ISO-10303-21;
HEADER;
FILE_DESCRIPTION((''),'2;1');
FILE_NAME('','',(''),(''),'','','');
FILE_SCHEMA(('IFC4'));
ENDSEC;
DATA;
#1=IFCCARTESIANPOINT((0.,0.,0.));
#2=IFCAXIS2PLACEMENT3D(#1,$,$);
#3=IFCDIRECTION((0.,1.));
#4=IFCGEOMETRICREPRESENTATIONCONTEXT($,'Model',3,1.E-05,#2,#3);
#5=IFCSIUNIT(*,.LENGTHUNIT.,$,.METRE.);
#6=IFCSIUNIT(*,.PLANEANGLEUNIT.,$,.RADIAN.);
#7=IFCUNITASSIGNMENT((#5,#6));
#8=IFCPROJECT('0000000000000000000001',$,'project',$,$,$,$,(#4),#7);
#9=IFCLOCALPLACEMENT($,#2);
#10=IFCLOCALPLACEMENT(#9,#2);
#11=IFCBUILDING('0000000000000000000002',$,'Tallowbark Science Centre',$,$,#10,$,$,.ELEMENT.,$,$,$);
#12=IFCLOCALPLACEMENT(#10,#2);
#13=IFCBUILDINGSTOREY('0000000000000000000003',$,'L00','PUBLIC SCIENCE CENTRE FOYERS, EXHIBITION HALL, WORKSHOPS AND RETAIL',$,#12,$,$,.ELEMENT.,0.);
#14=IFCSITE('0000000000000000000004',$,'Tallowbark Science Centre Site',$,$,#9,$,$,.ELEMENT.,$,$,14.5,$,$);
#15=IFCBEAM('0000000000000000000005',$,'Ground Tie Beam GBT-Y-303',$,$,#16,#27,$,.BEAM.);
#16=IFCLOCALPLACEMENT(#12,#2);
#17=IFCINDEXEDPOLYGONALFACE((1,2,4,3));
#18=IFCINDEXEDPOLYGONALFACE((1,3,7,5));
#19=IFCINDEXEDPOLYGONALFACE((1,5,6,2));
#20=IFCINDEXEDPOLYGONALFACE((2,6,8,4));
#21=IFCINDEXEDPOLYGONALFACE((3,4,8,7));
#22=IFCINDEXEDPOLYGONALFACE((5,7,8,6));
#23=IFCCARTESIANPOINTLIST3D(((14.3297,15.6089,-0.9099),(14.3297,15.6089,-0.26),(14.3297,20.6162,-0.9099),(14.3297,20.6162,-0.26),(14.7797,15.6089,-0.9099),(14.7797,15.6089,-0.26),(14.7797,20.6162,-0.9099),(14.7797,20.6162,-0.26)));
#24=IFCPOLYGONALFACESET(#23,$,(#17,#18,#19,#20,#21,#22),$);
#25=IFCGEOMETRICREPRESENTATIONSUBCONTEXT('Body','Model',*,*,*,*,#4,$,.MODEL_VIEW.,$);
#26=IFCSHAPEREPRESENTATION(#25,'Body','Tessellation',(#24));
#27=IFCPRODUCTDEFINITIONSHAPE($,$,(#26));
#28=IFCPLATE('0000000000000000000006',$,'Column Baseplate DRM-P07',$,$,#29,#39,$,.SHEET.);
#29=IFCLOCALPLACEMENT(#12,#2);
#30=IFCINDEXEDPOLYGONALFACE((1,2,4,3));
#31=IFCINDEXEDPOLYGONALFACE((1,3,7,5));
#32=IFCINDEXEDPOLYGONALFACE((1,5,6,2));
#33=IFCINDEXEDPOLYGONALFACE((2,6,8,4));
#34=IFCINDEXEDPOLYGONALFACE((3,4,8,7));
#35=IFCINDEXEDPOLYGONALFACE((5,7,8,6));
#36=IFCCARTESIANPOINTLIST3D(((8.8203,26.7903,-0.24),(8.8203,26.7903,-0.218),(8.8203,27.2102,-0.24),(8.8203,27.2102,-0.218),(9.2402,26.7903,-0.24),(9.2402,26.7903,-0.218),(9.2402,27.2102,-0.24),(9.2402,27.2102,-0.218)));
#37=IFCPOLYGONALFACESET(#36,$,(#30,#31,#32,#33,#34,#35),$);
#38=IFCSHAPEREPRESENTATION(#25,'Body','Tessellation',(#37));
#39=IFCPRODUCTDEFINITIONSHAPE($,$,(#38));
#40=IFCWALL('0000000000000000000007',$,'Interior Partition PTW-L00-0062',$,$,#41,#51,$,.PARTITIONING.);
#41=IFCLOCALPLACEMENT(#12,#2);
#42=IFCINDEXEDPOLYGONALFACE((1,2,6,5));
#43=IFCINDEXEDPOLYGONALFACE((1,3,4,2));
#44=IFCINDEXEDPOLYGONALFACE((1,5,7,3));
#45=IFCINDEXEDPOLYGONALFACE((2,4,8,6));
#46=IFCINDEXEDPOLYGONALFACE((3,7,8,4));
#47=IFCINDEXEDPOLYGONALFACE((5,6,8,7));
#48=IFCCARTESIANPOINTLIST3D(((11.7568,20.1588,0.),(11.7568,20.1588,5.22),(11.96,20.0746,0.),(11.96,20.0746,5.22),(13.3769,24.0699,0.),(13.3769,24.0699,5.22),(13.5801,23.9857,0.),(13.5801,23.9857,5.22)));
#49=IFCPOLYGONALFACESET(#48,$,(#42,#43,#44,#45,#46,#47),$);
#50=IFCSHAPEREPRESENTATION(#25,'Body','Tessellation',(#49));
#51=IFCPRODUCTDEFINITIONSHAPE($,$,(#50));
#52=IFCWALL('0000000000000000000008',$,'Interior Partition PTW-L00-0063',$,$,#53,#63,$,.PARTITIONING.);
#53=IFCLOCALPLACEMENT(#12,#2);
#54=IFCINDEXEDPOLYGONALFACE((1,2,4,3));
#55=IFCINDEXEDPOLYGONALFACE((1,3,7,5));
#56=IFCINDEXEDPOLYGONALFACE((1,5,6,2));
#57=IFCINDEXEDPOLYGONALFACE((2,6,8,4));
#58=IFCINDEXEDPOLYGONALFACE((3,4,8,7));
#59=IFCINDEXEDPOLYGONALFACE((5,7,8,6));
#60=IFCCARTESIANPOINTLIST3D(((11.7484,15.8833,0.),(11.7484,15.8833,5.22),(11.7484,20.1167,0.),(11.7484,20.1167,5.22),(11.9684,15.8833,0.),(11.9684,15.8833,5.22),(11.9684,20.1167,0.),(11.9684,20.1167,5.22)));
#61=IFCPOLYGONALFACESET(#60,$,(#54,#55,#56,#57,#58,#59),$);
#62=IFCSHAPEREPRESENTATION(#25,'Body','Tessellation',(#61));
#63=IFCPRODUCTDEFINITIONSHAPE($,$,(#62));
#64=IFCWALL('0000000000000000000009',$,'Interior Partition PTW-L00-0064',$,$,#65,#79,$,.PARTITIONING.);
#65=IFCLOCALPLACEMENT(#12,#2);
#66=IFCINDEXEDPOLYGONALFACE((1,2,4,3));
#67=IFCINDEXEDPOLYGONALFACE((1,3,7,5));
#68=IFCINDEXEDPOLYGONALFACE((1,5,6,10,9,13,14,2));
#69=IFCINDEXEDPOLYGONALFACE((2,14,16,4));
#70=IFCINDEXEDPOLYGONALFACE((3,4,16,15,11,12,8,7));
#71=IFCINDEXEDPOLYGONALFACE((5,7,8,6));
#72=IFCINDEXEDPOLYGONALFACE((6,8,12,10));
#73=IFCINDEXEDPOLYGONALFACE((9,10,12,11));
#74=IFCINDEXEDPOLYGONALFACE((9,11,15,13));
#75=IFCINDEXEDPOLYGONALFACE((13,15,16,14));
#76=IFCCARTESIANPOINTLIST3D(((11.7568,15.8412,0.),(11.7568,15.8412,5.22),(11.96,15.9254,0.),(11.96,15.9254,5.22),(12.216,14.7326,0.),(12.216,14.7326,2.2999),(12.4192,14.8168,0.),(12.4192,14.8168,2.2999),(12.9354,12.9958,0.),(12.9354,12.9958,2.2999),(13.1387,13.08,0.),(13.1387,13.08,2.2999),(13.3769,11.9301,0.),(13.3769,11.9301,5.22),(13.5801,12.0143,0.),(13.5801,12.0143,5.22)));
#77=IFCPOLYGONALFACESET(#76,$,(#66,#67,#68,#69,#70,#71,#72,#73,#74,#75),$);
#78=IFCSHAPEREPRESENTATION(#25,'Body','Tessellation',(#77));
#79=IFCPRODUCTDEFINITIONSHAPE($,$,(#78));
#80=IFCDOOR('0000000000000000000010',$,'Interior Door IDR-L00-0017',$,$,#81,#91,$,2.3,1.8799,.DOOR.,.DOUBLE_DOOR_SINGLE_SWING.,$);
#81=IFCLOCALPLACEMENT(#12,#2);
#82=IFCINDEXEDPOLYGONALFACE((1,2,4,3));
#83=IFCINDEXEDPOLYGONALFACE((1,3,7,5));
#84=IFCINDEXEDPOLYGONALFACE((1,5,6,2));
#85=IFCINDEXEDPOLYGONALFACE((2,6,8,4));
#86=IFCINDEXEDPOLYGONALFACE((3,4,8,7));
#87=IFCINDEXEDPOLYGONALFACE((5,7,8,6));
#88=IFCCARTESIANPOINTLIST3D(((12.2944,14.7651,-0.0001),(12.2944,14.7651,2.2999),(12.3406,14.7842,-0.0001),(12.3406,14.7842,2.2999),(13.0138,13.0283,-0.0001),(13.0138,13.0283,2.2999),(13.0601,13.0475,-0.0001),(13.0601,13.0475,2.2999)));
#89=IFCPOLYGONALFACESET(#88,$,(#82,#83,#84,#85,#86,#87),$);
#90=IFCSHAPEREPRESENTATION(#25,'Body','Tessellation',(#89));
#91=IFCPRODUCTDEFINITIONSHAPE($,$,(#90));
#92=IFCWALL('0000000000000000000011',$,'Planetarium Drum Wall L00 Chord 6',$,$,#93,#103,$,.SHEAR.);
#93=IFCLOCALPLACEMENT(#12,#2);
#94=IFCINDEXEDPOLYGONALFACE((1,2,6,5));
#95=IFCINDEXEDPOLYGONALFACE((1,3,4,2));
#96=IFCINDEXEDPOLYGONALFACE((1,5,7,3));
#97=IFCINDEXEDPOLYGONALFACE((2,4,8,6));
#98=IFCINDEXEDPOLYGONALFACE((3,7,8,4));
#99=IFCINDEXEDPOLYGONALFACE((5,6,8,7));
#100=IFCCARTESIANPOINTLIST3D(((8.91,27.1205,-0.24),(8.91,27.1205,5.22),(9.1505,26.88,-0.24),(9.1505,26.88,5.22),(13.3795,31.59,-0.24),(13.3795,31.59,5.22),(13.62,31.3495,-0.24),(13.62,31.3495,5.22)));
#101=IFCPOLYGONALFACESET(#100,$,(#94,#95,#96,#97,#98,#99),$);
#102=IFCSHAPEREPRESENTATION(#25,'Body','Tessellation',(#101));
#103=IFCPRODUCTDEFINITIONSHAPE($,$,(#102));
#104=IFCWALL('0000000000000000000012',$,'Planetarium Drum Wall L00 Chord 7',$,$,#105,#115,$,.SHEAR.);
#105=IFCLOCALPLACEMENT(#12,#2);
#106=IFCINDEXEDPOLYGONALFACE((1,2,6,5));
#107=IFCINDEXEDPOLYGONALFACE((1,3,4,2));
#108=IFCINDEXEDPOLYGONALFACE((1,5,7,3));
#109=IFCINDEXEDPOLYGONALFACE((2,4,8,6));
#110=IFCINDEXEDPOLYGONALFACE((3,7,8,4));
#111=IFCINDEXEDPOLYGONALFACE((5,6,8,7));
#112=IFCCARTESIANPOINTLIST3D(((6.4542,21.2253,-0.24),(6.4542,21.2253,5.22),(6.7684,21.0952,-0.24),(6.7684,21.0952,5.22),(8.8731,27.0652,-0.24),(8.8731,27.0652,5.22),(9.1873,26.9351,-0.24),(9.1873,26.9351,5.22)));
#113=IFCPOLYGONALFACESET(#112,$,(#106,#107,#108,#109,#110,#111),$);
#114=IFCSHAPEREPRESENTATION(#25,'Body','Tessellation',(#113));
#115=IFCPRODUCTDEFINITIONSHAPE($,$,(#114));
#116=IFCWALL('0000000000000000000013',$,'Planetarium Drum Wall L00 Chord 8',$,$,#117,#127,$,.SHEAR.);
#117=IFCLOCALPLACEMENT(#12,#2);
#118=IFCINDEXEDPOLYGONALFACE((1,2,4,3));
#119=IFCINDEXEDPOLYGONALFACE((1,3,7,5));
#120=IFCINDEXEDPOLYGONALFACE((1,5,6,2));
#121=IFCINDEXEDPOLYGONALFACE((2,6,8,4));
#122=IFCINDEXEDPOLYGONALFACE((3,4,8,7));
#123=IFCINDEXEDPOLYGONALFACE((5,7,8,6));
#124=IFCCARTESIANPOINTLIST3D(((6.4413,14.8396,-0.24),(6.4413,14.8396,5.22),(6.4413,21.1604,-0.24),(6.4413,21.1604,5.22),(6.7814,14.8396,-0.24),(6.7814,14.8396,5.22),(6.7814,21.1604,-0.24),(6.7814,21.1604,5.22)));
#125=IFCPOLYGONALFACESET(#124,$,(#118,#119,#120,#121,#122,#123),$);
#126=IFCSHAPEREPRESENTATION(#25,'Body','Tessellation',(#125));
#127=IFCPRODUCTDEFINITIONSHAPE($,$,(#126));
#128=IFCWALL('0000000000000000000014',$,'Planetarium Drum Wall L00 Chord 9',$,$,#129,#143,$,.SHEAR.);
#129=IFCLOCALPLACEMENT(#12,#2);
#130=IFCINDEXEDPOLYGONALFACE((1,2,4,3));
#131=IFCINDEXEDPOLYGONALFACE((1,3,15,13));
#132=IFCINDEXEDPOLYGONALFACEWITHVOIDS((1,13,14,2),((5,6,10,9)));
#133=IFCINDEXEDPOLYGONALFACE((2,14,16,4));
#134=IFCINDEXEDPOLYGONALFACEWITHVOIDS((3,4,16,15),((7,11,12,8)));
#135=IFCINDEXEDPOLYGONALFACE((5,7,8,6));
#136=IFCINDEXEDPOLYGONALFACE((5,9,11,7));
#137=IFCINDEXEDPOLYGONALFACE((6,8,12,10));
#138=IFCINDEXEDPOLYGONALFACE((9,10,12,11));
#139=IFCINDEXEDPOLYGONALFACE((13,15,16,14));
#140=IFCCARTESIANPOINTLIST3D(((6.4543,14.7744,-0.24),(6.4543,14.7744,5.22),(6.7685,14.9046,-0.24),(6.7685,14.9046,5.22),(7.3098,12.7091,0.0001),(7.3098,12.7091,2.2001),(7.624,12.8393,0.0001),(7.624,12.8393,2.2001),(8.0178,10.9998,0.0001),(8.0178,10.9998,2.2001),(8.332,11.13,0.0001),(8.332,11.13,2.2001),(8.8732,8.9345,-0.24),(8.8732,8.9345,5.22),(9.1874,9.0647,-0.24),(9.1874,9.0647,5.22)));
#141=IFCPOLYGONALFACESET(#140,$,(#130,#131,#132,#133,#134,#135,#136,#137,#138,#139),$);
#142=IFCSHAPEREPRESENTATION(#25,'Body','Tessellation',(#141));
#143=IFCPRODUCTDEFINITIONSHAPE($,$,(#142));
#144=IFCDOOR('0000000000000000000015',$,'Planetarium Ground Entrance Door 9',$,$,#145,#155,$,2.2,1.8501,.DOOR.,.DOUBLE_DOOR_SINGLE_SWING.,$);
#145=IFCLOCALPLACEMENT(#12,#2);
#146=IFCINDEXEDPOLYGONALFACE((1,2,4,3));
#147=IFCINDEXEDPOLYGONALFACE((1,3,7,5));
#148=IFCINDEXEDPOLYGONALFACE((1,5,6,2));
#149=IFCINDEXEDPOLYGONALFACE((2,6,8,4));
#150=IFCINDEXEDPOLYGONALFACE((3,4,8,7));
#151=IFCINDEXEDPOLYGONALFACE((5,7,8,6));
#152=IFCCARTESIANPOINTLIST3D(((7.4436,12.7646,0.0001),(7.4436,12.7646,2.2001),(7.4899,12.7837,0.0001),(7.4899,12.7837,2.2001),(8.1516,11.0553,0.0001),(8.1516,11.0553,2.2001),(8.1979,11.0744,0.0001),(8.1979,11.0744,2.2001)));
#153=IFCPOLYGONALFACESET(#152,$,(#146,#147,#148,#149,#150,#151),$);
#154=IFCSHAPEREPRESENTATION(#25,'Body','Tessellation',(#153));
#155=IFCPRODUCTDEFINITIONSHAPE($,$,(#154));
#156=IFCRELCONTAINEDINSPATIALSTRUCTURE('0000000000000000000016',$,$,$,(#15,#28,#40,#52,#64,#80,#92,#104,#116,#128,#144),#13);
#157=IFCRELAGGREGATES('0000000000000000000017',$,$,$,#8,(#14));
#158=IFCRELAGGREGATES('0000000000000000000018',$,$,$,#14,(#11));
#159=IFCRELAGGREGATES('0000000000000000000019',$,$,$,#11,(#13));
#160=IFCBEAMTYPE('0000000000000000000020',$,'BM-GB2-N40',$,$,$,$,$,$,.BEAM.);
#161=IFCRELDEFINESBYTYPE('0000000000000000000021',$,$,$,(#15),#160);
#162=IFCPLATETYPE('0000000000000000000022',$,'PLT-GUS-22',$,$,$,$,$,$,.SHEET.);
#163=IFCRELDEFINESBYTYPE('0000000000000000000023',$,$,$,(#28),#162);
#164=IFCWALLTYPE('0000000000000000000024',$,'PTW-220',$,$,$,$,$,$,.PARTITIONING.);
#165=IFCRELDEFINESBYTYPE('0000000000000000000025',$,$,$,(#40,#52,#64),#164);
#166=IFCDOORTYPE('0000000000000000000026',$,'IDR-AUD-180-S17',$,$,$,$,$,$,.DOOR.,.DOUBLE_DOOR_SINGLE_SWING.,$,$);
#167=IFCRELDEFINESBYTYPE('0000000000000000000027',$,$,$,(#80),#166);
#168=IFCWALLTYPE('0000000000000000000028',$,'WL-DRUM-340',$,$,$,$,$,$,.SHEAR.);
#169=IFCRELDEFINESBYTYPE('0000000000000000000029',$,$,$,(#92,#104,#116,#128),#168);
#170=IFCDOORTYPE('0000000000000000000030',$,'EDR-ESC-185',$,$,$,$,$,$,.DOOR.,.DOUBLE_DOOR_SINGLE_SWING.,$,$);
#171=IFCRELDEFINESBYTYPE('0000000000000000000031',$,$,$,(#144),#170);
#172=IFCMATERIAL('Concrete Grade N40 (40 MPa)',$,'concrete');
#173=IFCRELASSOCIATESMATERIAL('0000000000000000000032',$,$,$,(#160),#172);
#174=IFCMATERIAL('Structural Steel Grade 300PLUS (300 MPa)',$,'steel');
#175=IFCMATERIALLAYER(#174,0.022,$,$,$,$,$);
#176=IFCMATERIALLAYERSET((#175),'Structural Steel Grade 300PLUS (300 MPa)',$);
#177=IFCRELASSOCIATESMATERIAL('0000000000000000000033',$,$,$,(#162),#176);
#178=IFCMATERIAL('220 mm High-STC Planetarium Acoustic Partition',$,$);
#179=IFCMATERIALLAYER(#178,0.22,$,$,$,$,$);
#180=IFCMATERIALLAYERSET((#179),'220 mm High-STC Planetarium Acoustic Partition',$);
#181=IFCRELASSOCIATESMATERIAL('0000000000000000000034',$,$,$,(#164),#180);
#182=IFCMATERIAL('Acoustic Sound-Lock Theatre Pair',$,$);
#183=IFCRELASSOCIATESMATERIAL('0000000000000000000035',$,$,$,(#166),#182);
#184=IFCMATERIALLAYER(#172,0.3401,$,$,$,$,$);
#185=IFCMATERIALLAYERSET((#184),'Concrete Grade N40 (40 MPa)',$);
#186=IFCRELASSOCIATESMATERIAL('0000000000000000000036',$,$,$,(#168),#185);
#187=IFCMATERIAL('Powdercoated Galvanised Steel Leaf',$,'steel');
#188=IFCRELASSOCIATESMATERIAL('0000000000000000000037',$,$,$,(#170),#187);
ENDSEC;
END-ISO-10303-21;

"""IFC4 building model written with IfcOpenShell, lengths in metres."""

from ifc_helpers import new_model, si_unit, direction, frame, frame_2d, origin, origin_2d, place, context, subcontext, project, spatial, rectangle, extrude, material, layer, layer_set, material_profile, profile_set, type_object, element, fill, save


model = new_model("IFC4")

# Units and contexts
model_context = context("Model", 3, precision=1e-05, world=origin(), true_north=direction((0.0, 1.0)))
body_context = subcontext(model_context, "Body", "Model", "MODEL_VIEW")
ifc_project = project(units=[si_unit("LENGTHUNIT", "METRE"), si_unit("PLANEANGLEUNIT", "RADIAN")], contexts=[model_context])

# Site, building, storey
site_placement = place(None, origin())
site = spatial("IfcSite", under=ifc_project, at=site_placement, Name="Tallowbark Science Centre Site", CompositionType="ELEMENT", RefElevation=14.5)
building_placement = place(site_placement, origin())
building = spatial("IfcBuilding", under=site, at=building_placement, Name="Tallowbark Science Centre", CompositionType="ELEMENT")
storey_placement = place(building_placement, origin())
storey = spatial("IfcBuildingStorey", under=building, at=storey_placement, Name="L00", Description="PUBLIC SCIENCE CENTRE FOYERS, EXHIBITION HALL, WORKSHOPS AND RETAIL", CompositionType="ELEMENT", Elevation=0.0)

# Shared definitions
ifc_material_1 = material(Name="Concrete Grade N40 (40 MPa)", Category="concrete")

# Shared definitions
ifc_material_2 = material(Name="Structural Steel Grade 300PLUS (300 MPa)", Category="steel")

# Beam
ifc_material_profile_1 = material_profile(ifc_material_1, rectangle(XDim=0.45, YDim=0.6499, at=origin_2d()), Name="RC450x650")
ifc_profile_set_1 = profile_set([ifc_material_profile_1], Name="Concrete Grade N40 (40 MPa)")
beam_type = type_object("IfcBeamType", Name="BM-GB2-N40", PredefinedType="BEAM", material=ifc_profile_set_1)
beam_1_placement = place(storey_placement, frame((14.5547, 15.6089, -0.585), z_axis=(0.0, 1.0, 0.0), x_axis=(-1.0, 0.0, 0.0)))
element("IfcBeam", 1, at=beam_1_placement, inside=storey, type_object=beam_type, Name="Ground Tie Beam GBT-Y-303", PredefinedType="BEAM", context=body_context, shape_type="SweptSolid", body=[
    extrude(rectangle(XDim=0.45, YDim=0.6499, at=origin_2d()), origin(), (0.0, 0.0, 1.0), 5.0073),
])

# Plate
ifc_layer_1 = layer(ifc_material_2, 0.022)
ifc_layer_set_1 = layer_set([ifc_layer_1], Name="Structural Steel Grade 300PLUS (300 MPa)")
plate_type = type_object("IfcPlateType", Name="PLT-GUS-22", PredefinedType="SHEET", material=ifc_layer_set_1)
plate_placement = place(storey_placement, frame((9.0303, 27.0002, -0.24), z_axis=(0.0, 0.0, 1.0), x_axis=(1.0, 0.0, 0.0)))
element("IfcPlate", 2, at=plate_placement, inside=storey, type_object=plate_type, Name="Column Baseplate DRM-P07", PredefinedType="SHEET", context=body_context, shape_type="SweptSolid", body=[
    extrude(rectangle(XDim=0.4199, YDim=0.4199, at=origin_2d()), origin(), (0.0, 0.0, 1.0), 0.022),
])

# Walls
ifc_material_3 = material(Name="220 mm High-STC Planetarium Acoustic Partition")
ifc_layer_2 = layer(ifc_material_3, 0.22)
ifc_layer_set_2 = layer_set([ifc_layer_2], Name="220 mm High-STC Planetarium Acoustic Partition")
wall_type_1 = type_object("IfcWallType", Name="PTW-220", PredefinedType="PARTITIONING", material=ifc_layer_set_2)
for number, where, z_axis, x_axis, name in (
    (3, (13.4785, 24.0278, 0.0), (0.0, 0.0, 1.0), (-0.382698, -0.923873, 0.0), "Interior Partition PTW-L00-0062"),
    (4, (11.8584, 20.1167, 0.0), (0.0, 0.0, 1.0), (0.0, -1.0, 0.0), "Interior Partition PTW-L00-0063"),
):
    element("IfcWall", number, at=place(storey_placement, frame(where, z_axis=z_axis, x_axis=x_axis)), inside=storey, type_object=wall_type_1, Name=name, PredefinedType="PARTITIONING", context=body_context, shape_type="SweptSolid", body=[
        extrude(rectangle(XDim=4.2334, YDim=0.22, at=frame_2d((2.1167, 0.0))), origin(), (0.0, 0.0, 1.0), 5.22),
    ])

# Wall, opening, door
wall_1_placement = place(storey_placement, frame((11.8584, 15.8833, 0.0), z_axis=(0.0, 0.0, 1.0), x_axis=(0.382698, -0.923873, 0.0)))
wall_1 = element("IfcWall", 5, at=wall_1_placement, inside=storey, type_object=wall_type_1, Name="Interior Partition PTW-L00-0064", PredefinedType="PARTITIONING", context=body_context, shape_type="SweptSolid", body=[
    extrude(rectangle(XDim=4.2334, YDim=0.22, at=frame_2d((2.1167, 0.0))), origin(), (0.0, 0.0, 1.0), 5.22),
])
opening_1_placement = place(wall_1_placement, frame((1.2, 0.0, 0.0)))
opening_1 = element("IfcOpeningElement", 6, at=opening_1_placement, cuts=wall_1, PredefinedType="OPENING", context=body_context, shape_type="SweptSolid", body=[
    extrude(rectangle(XDim=1.8799, YDim=2.3, at=frame_2d((0.9399, 1.1499))), frame((0.0, 0.1201, 0.0), z_axis=(0.0, -1.0, 0.0), x_axis=(1.0, 0.0, 0.0)), (0.0, 0.0, 1.0), 0.24),
])
ifc_material_4 = material(Name="Acoustic Sound-Lock Theatre Pair")
door_type_1 = type_object("IfcDoorType", Name="IDR-AUD-180-S17", OperationType="DOUBLE_DOOR_SINGLE_SWING", PredefinedType="DOOR", material=ifc_material_4)
door_1_placement = place(opening_1_placement, origin())
door_1 = element("IfcDoor", 7, at=door_1_placement, inside=storey, type_object=door_type_1, Name="Interior Door IDR-L00-0017", OperationType="DOUBLE_DOOR_SINGLE_SWING", OverallHeight=2.3, OverallWidth=1.8799, PredefinedType="DOOR", context=body_context, shape_type="SweptSolid", body=[
    extrude(rectangle(XDim=1.8799, YDim=2.3, at=frame_2d((0.9399, 1.1499))), frame((0.0, 0.0249, 0.0), z_axis=(0.0, -1.0, 0.0), x_axis=(1.0, 0.0, 0.0)), (0.0, 0.0, 1.0), 0.05),
])
fill(opening_1, door_1)

# Walls
ifc_layer_3 = layer(ifc_material_1, 0.3401)
ifc_layer_set_3 = layer_set([ifc_layer_3], Name="Concrete Grade N40 (40 MPa)")
wall_type_2 = type_object("IfcWallType", Name="WL-DRUM-340", PredefinedType="SHEAR", material=ifc_layer_set_3)
wall_2_placement = place(storey_placement, frame((13.4998, 31.4697, -0.24), z_axis=(0.0, 0.0, 1.0), x_axis=(-0.707107, -0.707107, 0.0)))
element("IfcWall", 8, at=wall_2_placement, inside=storey, type_object=wall_type_2, Name="Planetarium Drum Wall L00 Chord 6", PredefinedType="SHEAR", context=body_context, shape_type="SweptSolid", body=[
    extrude(rectangle(XDim=6.3208, YDim=0.3401, at=frame_2d((3.1604, 0.0))), origin(), (0.0, 0.0, 1.0), 5.46),
])
wall_3_placement = place(storey_placement, frame((9.0303, 27.0002, -0.24), z_axis=(0.0, 0.0, 1.0), x_axis=(-0.382684, -0.923879, 0.0)))
element("IfcWall", 9, at=wall_3_placement, inside=storey, type_object=wall_type_2, Name="Planetarium Drum Wall L00 Chord 7", PredefinedType="SHEAR", context=body_context, shape_type="SweptSolid", body=[
    extrude(rectangle(XDim=6.321, YDim=0.3401, at=frame_2d((3.1606, 0.0))), origin(), (0.0, 0.0, 1.0), 5.46),
])
wall_4_placement = place(storey_placement, frame((6.6113, 21.1604, -0.24), z_axis=(0.0, 0.0, 1.0), x_axis=(0.0, -1.0, 0.0)))
element("IfcWall", 10, at=wall_4_placement, inside=storey, type_object=wall_type_2, Name="Planetarium Drum Wall L00 Chord 8", PredefinedType="SHEAR", context=body_context, shape_type="SweptSolid", body=[
    extrude(rectangle(XDim=6.3208, YDim=0.3401, at=frame_2d((3.1604, 0.0))), origin(), (0.0, 0.0, 1.0), 5.46),
])

# Wall, opening, door
wall_5_placement = place(storey_placement, frame((6.6113, 14.8396, -0.24), z_axis=(0.0, 0.0, 1.0), x_axis=(0.382684, -0.923879, 0.0)))
wall_5 = element("IfcWall", 11, at=wall_5_placement, inside=storey, type_object=wall_type_2, Name="Planetarium Drum Wall L00 Chord 9", PredefinedType="SHEAR", context=body_context, shape_type="SweptSolid", body=[
    extrude(rectangle(XDim=6.321, YDim=0.3401, at=frame_2d((3.1606, 0.0))), origin(), (0.0, 0.0, 1.0), 5.46),
])
opening_2_placement = place(wall_5_placement, frame((2.2356, 0.0, 0.24)))
opening_2 = element("IfcOpeningElement", 12, at=opening_2_placement, cuts=wall_5, PredefinedType="OPENING", context=body_context, shape_type="SweptSolid", body=[
    extrude(rectangle(XDim=1.8501, YDim=2.2, at=frame_2d((0.925, 1.1001))), frame((0.0, 0.1802, 0.0), z_axis=(0.0, -1.0, 0.0), x_axis=(1.0, 0.0, 0.0)), (0.0, 0.0, 1.0), 0.3601),
])
ifc_material_5 = material(Name="Powdercoated Galvanised Steel Leaf", Category="steel")
door_type_2 = type_object("IfcDoorType", Name="EDR-ESC-185", OperationType="DOUBLE_DOOR_SINGLE_SWING", PredefinedType="DOOR", material=ifc_material_5)
door_2_placement = place(opening_2_placement, origin())
door_2 = element("IfcDoor", 13, at=door_2_placement, inside=storey, type_object=door_type_2, Name="Planetarium Ground Entrance Door 9", OperationType="DOUBLE_DOOR_SINGLE_SWING", OverallHeight=2.2, OverallWidth=1.8501, PredefinedType="DOOR", context=body_context, shape_type="SweptSolid", body=[
    extrude(rectangle(XDim=1.8501, YDim=2.2, at=frame_2d((0.925, 1.1001))), frame((0.0, 0.0249, 0.0), z_axis=(0.0, -1.0, 0.0), x_axis=(1.0, 0.0, 0.0)), (0.0, 0.0, 1.0), 0.05),
])
fill(opening_2, door_2)

save(model, "model.ifc")
